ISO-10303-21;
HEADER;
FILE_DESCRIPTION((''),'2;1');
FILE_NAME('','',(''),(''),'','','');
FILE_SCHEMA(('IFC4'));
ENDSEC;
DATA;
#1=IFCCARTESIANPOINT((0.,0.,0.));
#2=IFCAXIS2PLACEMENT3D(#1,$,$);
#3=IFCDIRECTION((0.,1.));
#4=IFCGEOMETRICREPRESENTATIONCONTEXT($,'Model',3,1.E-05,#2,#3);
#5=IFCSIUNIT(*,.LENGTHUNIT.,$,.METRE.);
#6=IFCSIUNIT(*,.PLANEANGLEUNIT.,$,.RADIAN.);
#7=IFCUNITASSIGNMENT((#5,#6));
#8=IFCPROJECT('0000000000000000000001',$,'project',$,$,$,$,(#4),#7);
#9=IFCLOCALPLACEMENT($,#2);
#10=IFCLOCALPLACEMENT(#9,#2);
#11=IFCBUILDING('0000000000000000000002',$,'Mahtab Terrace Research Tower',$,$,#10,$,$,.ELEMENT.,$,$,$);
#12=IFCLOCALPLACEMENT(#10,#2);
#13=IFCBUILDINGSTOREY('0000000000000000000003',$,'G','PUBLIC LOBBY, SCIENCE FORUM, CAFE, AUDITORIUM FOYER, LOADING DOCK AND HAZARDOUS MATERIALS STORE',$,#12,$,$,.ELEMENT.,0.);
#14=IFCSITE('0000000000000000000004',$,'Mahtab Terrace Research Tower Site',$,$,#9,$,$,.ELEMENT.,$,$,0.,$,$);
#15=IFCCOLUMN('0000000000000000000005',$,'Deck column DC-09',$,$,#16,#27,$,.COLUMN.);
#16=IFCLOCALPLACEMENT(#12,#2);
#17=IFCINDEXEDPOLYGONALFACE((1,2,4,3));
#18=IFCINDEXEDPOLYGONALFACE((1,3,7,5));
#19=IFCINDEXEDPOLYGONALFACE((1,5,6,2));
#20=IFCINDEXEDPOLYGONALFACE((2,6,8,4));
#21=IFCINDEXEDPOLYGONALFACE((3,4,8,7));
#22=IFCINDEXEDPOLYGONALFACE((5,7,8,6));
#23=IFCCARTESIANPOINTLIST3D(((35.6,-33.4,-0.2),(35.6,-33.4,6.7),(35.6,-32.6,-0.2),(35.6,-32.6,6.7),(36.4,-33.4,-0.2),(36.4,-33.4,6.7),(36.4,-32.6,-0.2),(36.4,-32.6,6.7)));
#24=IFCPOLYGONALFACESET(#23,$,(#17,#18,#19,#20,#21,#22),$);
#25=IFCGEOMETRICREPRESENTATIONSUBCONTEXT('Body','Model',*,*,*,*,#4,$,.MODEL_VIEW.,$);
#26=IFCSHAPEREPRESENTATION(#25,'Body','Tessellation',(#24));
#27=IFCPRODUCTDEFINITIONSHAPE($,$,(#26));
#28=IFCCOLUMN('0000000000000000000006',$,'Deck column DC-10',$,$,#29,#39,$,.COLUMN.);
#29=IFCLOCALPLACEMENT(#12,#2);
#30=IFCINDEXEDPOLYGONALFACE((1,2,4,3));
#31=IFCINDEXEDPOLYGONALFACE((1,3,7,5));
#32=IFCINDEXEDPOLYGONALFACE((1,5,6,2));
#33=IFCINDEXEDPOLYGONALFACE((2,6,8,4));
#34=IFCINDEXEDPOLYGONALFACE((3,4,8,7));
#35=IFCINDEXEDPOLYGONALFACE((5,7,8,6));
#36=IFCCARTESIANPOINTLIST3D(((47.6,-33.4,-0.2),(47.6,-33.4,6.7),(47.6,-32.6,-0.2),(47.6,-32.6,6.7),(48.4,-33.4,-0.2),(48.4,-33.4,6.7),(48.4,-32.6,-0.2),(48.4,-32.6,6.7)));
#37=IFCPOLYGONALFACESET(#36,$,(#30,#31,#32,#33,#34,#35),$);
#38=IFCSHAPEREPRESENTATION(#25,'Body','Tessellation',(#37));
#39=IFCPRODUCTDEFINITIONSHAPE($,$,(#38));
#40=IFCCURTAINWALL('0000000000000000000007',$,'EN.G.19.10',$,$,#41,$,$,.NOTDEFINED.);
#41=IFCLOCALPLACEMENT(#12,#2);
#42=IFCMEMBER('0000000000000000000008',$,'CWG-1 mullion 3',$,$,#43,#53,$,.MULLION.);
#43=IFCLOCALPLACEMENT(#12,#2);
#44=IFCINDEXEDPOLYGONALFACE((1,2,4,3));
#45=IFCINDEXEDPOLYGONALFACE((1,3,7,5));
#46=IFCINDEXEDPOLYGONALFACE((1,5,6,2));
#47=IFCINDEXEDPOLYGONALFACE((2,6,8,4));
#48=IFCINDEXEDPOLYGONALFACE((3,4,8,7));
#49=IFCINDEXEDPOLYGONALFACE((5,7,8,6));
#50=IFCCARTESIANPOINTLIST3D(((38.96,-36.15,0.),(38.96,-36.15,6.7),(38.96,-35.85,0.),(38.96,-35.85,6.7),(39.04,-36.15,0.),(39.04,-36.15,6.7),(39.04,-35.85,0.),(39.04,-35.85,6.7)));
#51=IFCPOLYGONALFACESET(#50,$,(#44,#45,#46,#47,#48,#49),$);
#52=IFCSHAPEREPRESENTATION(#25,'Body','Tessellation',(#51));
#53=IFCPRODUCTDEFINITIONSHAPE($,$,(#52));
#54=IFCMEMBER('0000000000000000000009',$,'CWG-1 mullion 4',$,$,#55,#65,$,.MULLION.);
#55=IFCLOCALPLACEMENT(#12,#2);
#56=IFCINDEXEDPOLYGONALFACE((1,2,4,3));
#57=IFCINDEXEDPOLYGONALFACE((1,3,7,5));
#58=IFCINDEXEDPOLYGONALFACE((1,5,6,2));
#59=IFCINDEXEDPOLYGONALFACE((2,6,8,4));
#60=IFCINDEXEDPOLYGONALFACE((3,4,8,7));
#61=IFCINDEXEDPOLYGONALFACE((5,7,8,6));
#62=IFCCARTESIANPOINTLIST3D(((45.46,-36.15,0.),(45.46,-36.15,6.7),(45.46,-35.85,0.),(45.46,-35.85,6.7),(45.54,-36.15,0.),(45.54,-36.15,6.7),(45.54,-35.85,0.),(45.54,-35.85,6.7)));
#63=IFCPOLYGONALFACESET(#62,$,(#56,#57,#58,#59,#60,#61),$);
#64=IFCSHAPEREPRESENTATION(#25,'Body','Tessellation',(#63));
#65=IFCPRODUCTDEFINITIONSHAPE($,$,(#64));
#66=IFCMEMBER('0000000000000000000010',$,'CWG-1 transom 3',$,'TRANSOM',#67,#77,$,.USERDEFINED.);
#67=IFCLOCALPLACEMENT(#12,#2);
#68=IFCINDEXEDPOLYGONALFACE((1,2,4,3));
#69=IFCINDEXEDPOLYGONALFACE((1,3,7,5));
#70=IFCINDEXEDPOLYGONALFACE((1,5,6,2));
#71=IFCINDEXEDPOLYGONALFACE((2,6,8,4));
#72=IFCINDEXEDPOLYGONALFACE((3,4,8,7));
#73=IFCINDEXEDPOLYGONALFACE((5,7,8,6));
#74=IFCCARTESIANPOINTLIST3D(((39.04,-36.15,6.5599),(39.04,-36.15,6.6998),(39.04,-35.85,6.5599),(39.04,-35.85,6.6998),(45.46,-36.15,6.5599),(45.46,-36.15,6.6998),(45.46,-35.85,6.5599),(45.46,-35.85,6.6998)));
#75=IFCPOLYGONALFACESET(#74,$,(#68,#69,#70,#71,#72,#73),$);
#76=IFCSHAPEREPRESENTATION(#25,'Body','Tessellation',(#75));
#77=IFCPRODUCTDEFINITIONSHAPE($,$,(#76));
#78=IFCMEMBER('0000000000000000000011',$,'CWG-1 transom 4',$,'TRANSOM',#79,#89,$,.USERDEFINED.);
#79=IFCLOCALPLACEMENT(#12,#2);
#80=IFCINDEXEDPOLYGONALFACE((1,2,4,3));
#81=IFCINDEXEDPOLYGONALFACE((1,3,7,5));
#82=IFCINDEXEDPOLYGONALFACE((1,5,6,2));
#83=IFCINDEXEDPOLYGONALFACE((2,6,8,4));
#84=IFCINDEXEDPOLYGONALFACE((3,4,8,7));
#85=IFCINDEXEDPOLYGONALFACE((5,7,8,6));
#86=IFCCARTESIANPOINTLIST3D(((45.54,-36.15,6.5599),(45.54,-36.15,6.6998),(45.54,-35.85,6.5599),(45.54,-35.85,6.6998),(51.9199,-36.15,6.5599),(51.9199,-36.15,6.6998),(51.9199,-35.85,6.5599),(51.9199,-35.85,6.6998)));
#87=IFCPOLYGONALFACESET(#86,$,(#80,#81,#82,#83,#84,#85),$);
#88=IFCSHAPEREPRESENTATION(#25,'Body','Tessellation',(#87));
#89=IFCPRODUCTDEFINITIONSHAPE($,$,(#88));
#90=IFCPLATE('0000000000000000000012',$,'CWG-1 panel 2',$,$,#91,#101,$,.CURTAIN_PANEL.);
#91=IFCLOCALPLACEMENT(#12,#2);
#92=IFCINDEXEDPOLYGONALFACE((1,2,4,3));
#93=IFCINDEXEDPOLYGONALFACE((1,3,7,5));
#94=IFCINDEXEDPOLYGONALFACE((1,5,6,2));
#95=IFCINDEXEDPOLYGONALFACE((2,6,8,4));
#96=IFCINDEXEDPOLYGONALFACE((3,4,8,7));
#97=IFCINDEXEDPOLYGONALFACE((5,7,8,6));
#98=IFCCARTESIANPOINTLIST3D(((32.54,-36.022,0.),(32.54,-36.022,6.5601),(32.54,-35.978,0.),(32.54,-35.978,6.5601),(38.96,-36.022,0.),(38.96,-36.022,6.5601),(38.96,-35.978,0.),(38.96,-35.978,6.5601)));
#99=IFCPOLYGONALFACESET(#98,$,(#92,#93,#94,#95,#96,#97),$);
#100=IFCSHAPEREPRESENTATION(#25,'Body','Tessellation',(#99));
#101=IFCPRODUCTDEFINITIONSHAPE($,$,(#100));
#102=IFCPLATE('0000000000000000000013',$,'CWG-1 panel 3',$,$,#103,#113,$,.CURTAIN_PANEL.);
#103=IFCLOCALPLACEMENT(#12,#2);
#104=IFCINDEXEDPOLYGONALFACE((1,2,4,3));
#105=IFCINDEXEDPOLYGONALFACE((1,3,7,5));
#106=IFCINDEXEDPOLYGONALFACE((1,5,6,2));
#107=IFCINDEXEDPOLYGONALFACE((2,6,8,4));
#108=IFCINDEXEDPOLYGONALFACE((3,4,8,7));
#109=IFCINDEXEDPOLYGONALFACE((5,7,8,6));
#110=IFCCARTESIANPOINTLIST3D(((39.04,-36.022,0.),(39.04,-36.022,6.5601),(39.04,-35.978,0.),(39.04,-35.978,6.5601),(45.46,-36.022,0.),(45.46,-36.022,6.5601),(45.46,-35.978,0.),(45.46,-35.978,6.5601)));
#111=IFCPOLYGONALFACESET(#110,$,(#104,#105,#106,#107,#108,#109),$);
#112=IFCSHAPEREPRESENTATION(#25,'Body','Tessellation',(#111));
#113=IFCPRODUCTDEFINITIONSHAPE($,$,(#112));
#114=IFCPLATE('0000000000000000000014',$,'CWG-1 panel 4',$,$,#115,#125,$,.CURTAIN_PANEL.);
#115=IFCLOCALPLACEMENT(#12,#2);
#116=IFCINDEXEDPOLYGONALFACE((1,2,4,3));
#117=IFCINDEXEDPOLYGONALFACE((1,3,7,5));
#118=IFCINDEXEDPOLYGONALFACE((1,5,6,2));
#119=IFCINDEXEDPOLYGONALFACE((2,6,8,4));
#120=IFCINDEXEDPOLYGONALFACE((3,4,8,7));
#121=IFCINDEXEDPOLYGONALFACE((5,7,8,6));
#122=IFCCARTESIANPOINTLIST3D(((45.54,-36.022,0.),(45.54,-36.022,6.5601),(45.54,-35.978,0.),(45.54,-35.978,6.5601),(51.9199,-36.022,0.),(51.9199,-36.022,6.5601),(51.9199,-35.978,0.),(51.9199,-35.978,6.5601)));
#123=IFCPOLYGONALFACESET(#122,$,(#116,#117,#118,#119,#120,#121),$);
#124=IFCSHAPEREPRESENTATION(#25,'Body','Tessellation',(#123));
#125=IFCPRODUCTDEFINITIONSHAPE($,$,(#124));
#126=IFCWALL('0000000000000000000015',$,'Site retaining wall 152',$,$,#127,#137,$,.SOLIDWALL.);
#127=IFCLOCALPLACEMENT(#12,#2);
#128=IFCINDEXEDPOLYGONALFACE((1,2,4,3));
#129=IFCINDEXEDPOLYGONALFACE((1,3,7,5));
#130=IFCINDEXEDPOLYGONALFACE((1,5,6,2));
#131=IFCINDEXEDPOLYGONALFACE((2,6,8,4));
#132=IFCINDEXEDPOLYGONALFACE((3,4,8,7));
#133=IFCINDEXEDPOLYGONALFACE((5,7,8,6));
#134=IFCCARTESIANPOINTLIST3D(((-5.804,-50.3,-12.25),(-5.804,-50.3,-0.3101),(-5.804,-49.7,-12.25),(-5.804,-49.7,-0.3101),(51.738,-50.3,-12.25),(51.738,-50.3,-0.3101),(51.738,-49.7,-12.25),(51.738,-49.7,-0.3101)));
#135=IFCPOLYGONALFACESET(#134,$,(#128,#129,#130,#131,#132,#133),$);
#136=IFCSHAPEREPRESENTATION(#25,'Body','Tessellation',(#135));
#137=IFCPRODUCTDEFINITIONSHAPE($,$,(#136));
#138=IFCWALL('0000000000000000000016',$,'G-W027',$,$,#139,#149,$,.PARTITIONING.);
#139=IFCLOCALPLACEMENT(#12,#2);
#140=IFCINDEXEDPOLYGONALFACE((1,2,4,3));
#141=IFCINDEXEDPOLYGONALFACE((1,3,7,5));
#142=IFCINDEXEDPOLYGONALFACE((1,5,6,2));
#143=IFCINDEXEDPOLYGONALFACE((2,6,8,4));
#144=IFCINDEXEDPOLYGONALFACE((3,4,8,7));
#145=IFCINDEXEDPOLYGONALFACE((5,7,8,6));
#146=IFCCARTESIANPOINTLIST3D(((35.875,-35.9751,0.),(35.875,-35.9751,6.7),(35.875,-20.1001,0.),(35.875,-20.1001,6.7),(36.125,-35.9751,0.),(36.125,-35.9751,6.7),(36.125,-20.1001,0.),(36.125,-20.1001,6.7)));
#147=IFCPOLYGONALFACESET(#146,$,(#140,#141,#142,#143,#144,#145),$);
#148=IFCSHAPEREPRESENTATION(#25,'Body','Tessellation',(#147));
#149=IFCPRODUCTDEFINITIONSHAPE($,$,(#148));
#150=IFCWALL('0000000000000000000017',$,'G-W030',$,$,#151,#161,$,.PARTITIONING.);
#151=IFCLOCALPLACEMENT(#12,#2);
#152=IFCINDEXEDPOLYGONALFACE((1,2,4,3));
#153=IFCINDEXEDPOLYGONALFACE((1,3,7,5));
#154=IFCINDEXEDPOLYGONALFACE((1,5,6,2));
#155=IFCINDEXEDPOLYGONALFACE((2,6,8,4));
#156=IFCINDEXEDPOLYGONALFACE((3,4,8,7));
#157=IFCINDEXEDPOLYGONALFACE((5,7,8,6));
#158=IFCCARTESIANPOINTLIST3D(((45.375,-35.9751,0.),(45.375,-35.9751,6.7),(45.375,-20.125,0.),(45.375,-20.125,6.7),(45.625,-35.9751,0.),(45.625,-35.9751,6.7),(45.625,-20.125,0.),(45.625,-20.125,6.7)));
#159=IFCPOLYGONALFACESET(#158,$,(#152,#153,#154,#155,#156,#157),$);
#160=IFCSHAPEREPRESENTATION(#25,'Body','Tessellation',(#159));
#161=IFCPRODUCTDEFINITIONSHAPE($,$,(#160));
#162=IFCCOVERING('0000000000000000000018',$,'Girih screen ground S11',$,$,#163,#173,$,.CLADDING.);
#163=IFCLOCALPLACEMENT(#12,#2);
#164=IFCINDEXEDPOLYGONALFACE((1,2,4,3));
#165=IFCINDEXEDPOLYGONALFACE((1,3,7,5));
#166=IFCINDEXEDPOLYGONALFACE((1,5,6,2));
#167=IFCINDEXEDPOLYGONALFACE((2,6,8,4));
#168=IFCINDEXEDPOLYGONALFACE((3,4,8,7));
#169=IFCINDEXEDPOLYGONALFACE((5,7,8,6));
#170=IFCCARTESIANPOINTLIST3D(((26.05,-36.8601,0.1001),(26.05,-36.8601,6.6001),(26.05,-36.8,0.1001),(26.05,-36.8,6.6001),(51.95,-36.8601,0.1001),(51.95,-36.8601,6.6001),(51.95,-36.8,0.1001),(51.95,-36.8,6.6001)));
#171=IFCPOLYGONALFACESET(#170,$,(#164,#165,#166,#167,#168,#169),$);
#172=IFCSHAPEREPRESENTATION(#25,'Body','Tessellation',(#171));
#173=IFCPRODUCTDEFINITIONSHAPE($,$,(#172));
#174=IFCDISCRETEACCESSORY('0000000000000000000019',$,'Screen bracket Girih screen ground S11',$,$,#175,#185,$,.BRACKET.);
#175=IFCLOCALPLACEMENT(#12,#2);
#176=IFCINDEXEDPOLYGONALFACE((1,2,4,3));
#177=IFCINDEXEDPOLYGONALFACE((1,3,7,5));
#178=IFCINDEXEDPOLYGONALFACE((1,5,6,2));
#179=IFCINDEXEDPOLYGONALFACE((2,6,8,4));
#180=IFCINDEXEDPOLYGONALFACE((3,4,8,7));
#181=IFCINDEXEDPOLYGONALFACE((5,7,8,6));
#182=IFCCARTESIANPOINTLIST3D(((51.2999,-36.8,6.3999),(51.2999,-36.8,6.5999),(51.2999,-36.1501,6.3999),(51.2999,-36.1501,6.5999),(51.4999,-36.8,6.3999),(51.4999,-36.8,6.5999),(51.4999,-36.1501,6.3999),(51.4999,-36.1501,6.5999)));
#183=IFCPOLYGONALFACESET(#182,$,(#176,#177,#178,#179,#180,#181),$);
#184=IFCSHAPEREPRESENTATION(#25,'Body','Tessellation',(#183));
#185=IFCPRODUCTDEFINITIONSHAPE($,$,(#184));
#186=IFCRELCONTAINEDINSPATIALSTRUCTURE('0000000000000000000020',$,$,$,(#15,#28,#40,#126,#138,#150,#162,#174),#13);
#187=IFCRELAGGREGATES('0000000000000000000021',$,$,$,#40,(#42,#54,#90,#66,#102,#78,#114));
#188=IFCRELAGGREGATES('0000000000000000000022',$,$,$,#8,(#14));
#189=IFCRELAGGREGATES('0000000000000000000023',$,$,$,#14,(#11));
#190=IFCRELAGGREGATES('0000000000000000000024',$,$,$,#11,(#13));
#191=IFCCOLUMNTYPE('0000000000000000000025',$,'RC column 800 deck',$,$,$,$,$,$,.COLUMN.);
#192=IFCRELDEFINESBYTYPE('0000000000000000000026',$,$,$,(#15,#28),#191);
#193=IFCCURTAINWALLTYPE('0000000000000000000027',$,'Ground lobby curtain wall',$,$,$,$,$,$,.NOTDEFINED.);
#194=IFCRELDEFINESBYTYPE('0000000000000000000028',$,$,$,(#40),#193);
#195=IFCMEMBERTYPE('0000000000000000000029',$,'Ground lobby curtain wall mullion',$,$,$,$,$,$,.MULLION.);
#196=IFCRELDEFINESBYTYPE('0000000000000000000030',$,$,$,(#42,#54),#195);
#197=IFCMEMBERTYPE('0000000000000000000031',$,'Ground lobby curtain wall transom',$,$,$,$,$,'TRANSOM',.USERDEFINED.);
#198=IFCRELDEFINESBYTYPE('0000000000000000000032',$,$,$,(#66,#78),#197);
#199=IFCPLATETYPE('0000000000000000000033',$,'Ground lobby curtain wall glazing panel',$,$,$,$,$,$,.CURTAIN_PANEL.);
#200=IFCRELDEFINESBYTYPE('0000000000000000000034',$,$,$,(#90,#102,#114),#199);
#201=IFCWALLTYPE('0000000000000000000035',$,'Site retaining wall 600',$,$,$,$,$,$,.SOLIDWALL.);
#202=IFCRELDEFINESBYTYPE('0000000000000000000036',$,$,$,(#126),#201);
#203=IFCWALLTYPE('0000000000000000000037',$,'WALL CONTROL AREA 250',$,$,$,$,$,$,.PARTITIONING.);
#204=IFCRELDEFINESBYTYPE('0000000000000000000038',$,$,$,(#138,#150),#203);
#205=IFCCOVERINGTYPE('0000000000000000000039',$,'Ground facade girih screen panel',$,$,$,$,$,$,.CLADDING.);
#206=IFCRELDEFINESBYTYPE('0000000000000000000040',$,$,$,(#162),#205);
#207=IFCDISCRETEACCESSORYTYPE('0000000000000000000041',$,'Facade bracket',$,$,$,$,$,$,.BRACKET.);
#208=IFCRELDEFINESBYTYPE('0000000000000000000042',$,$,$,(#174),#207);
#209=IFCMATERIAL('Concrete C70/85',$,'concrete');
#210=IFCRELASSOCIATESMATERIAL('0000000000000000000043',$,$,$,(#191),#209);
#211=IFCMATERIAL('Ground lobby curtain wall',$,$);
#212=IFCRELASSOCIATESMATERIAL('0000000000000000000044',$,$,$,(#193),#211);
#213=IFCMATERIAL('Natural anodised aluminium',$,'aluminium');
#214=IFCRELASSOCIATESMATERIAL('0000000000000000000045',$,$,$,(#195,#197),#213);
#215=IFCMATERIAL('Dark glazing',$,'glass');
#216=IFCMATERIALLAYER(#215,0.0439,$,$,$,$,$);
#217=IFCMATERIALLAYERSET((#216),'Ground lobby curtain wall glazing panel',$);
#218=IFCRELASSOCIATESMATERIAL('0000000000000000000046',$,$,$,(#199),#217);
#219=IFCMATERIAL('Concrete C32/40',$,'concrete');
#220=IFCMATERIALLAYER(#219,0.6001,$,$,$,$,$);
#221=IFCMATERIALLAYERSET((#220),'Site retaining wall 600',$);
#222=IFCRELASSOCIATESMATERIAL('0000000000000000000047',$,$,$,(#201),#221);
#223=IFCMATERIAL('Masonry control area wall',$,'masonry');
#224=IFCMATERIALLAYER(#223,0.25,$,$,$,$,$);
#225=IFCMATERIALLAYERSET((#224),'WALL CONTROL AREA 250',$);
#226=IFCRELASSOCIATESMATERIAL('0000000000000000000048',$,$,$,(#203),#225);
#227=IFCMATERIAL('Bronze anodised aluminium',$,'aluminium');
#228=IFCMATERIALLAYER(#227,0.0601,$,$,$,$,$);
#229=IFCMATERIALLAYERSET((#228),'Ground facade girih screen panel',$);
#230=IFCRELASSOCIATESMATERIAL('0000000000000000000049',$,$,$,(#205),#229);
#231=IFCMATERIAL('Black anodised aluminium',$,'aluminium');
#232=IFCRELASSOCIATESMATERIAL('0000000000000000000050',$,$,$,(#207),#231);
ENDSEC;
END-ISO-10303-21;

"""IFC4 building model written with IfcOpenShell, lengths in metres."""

from ifc_helpers import new_model, si_unit, direction, frame, frame_2d, origin, origin_2d, place, context, subcontext, project, spatial, rectangle, extrude, material, layer, layer_set, material_profile, profile_set, type_object, element, aggregate, save


model = new_model("IFC4")

# Units and contexts
model_context = context("Model", 3, precision=1e-05, world=origin(), true_north=direction((0.0, 1.0)))
body_context = subcontext(model_context, "Body", "Model", "MODEL_VIEW")
ifc_project = project(units=[si_unit("LENGTHUNIT", "METRE"), si_unit("PLANEANGLEUNIT", "RADIAN")], contexts=[model_context])

# Site, building, storey
site_placement = place(None, origin())
site = spatial("IfcSite", under=ifc_project, at=site_placement, Name="Mahtab Terrace Research Tower Site", CompositionType="ELEMENT", RefElevation=0.0)
building_placement = place(site_placement, origin())
building = spatial("IfcBuilding", under=site, at=building_placement, Name="Mahtab Terrace Research Tower", CompositionType="ELEMENT")
storey_placement = place(building_placement, origin())
storey = spatial("IfcBuildingStorey", under=building, at=storey_placement, Name="G", Description="PUBLIC LOBBY, SCIENCE FORUM, CAFE, AUDITORIUM FOYER, LOADING DOCK AND HAZARDOUS MATERIALS STORE", CompositionType="ELEMENT", Elevation=0.0)

# Columns
ifc_material_1 = material(Name="Concrete C70/85", Category="concrete")
ifc_material_profile_1 = material_profile(ifc_material_1, rectangle(XDim=0.8, YDim=0.8, at=origin_2d()), Name="RC column 800 deck")
ifc_profile_set_1 = profile_set([ifc_material_profile_1], Name="Concrete C70/85")
column_type = type_object("IfcColumnType", Name="RC column 800 deck", PredefinedType="COLUMN", material=ifc_profile_set_1)
for number, where, z_axis, x_axis, name in (
    (1, (36.0, -33.0, -0.2), (0.0, 0.0, 1.0), (1.0, 0.0, 0.0), "Deck column DC-09"),
    (2, (48.0, -33.0, -0.2), (0.0, 0.0, 1.0), (1.0, 0.0, 0.0), "Deck column DC-10"),
):
    element("IfcColumn", number, at=place(storey_placement, frame(where, z_axis=z_axis, x_axis=x_axis)), inside=storey, type_object=column_type, Name=name, PredefinedType="COLUMN", context=body_context, shape_type="SweptSolid", body=[
        extrude(rectangle(XDim=0.8, YDim=0.8, at=origin_2d()), origin(), (0.0, 0.0, 1.0), 6.8999),
    ])

# Curtain wall, members, plates
ifc_material_2 = material(Name="Ground lobby curtain wall")
curtain_wall_type = type_object("IfcCurtainWallType", Name="Ground lobby curtain wall", PredefinedType="NOTDEFINED", material=ifc_material_2)
curtain_wall_placement = place(storey_placement, origin())
curtain_wall = element("IfcCurtainWall", 3, at=curtain_wall_placement, inside=storey, type_object=curtain_wall_type, Name="EN.G.19.10", PredefinedType="NOTDEFINED")
ifc_material_3 = material(Name="Natural anodised aluminium", Category="aluminium")
ifc_material_profile_2 = material_profile(ifc_material_3, rectangle(XDim=0.3, YDim=0.0801, at=origin_2d()), Name="MULLION 80x300")
ifc_profile_set_2 = profile_set([ifc_material_profile_2], Name="Natural anodised aluminium")
member_type_1 = type_object("IfcMemberType", Name="Ground lobby curtain wall mullion", PredefinedType="MULLION", material=ifc_profile_set_2)
member_1_placement = place(storey_placement, frame((39.0, -36.0, 0.0), z_axis=(0.0, 0.0, 1.0), x_axis=(0.0, 1.0, 0.0)))
member_1 = element("IfcMember", 4, at=member_1_placement, type_object=member_type_1, Name="CWG-1 mullion 3", PredefinedType="MULLION", context=body_context, shape_type="SweptSolid", body=[
    extrude(rectangle(XDim=0.3, YDim=0.0801, at=origin_2d()), origin(), (0.0, 0.0, 1.0), 6.7),
])
member_2_placement = place(storey_placement, frame((45.5, -36.0, 0.0), z_axis=(0.0, 0.0, 1.0), x_axis=(0.0, 1.0, 0.0)))
member_2 = element("IfcMember", 5, at=member_2_placement, type_object=member_type_1, Name="CWG-1 mullion 4", PredefinedType="MULLION", context=body_context, shape_type="SweptSolid", body=[
    extrude(rectangle(XDim=0.3, YDim=0.0801, at=origin_2d()), origin(), (0.0, 0.0, 1.0), 6.7),
])
ifc_material_profile_3 = material_profile(ifc_material_3, rectangle(XDim=0.3, YDim=0.1399, at=origin_2d()), Name="TRANSOM 140x300")
ifc_profile_set_3 = profile_set([ifc_material_profile_3], Name="Natural anodised aluminium")
member_type_2 = type_object("IfcMemberType", Name="Ground lobby curtain wall transom", ElementType="TRANSOM", PredefinedType="USERDEFINED", material=ifc_profile_set_3)
member_3_placement = place(storey_placement, frame((39.04, -36.0, 6.6299), z_axis=(1.0, 0.0, 0.0), x_axis=(0.0, 1.0, 0.0)))
member_3 = element("IfcMember", 6, at=member_3_placement, type_object=member_type_2, Name="CWG-1 transom 3", ObjectType="TRANSOM", PredefinedType="USERDEFINED", context=body_context, shape_type="SweptSolid", body=[
    extrude(rectangle(XDim=0.3, YDim=0.1399, at=origin_2d()), origin(), (0.0, 0.0, 1.0), 6.4199),
])
member_4_placement = place(storey_placement, frame((45.54, -36.0, 6.6299), z_axis=(1.0, 0.0, 0.0), x_axis=(0.0, 1.0, 0.0)))
member_4 = element("IfcMember", 7, at=member_4_placement, type_object=member_type_2, Name="CWG-1 transom 4", ObjectType="TRANSOM", PredefinedType="USERDEFINED", context=body_context, shape_type="SweptSolid", body=[
    extrude(rectangle(XDim=0.3, YDim=0.1399, at=origin_2d()), origin(), (0.0, 0.0, 1.0), 6.3799),
])
ifc_material_4 = material(Name="Dark glazing", Category="glass")
ifc_layer_1 = layer(ifc_material_4, 0.0439)
ifc_layer_set_1 = layer_set([ifc_layer_1], Name="Ground lobby curtain wall glazing panel")
plate_type = type_object("IfcPlateType", Name="Ground lobby curtain wall glazing panel", PredefinedType="CURTAIN_PANEL", material=ifc_layer_set_1)
plate_1_placement = place(storey_placement, frame((35.75, -36.0, 0.0), z_axis=(0.0, 0.0, 1.0), x_axis=(1.0, 0.0, 0.0)))
plate_1 = element("IfcPlate", 8, at=plate_1_placement, type_object=plate_type, Name="CWG-1 panel 2", PredefinedType="CURTAIN_PANEL", context=body_context, shape_type="SweptSolid", body=[
    extrude(rectangle(XDim=6.4199, YDim=0.0439, at=origin_2d()), origin(), (0.0, 0.0, 1.0), 6.5601),
])
plate_2_placement = place(storey_placement, frame((42.25, -36.0, 0.0), z_axis=(0.0, 0.0, 1.0), x_axis=(1.0, 0.0, 0.0)))
plate_2 = element("IfcPlate", 9, at=plate_2_placement, type_object=plate_type, Name="CWG-1 panel 3", PredefinedType="CURTAIN_PANEL", context=body_context, shape_type="SweptSolid", body=[
    extrude(rectangle(XDim=6.4199, YDim=0.0439, at=origin_2d()), origin(), (0.0, 0.0, 1.0), 6.5601),
])
plate_3_placement = place(storey_placement, frame((48.73, -36.0, 0.0), z_axis=(0.0, 0.0, 1.0), x_axis=(1.0, 0.0, 0.0)))
plate_3 = element("IfcPlate", 10, at=plate_3_placement, type_object=plate_type, Name="CWG-1 panel 4", PredefinedType="CURTAIN_PANEL", context=body_context, shape_type="SweptSolid", body=[
    extrude(rectangle(XDim=6.3799, YDim=0.0439, at=origin_2d()), origin(), (0.0, 0.0, 1.0), 6.5601),
])
aggregate(curtain_wall, [member_1, member_2, plate_1, member_3, plate_2, member_4, plate_3])

# Walls
ifc_material_5 = material(Name="Concrete C32/40", Category="concrete")
ifc_layer_2 = layer(ifc_material_5, 0.6001)
ifc_layer_set_2 = layer_set([ifc_layer_2], Name="Site retaining wall 600")
wall_type_1 = type_object("IfcWallType", Name="Site retaining wall 600", PredefinedType="SOLIDWALL", material=ifc_layer_set_2)
wall_1_placement = place(storey_placement, frame((51.738, -50.0, -12.25), z_axis=(0.0, 0.0, 1.0), x_axis=(-1.0, 0.0, 0.0)))
element("IfcWall", 11, at=wall_1_placement, inside=storey, type_object=wall_type_1, Name="Site retaining wall 152", PredefinedType="SOLIDWALL", context=body_context, shape_type="SweptSolid", body=[
    extrude(rectangle(XDim=57.542, YDim=0.6001, at=frame_2d((28.771, 0.0))), origin(), (0.0, 0.0, 1.0), 11.9399),
])
ifc_material_6 = material(Name="Masonry control area wall", Category="masonry")
ifc_layer_3 = layer(ifc_material_6, 0.25)
ifc_layer_set_3 = layer_set([ifc_layer_3], Name="WALL CONTROL AREA 250")
wall_type_2 = type_object("IfcWallType", Name="WALL CONTROL AREA 250", PredefinedType="PARTITIONING", material=ifc_layer_set_3)
wall_2_placement = place(storey_placement, frame((36.0, -35.9751, 0.0), z_axis=(0.0, 0.0, 1.0), x_axis=(0.0, 1.0, 0.0)))
element("IfcWall", 12, at=wall_2_placement, inside=storey, type_object=wall_type_2, Name="G-W027", PredefinedType="PARTITIONING", context=body_context, shape_type="SweptSolid", body=[
    extrude(rectangle(XDim=15.875, YDim=0.25, at=frame_2d((7.9375, 0.0))), origin(), (0.0, 0.0, 1.0), 6.7),
])
wall_3_placement = place(storey_placement, frame((45.5, -35.9751, 0.0), z_axis=(0.0, 0.0, 1.0), x_axis=(0.0, 1.0, 0.0)))
element("IfcWall", 13, at=wall_3_placement, inside=storey, type_object=wall_type_2, Name="G-W030", PredefinedType="PARTITIONING", context=body_context, shape_type="SweptSolid", body=[
    extrude(rectangle(XDim=15.8501, YDim=0.25, at=frame_2d((7.925, 0.0))), origin(), (0.0, 0.0, 1.0), 6.7),
])

# Covering
ifc_material_7 = material(Name="Bronze anodised aluminium", Category="aluminium")
ifc_layer_4 = layer(ifc_material_7, 0.0601)
ifc_layer_set_4 = layer_set([ifc_layer_4], Name="Ground facade girih screen panel")
covering_type = type_object("IfcCoveringType", Name="Ground facade girih screen panel", PredefinedType="CLADDING", material=ifc_layer_set_4)
covering_placement = place(storey_placement, frame((39.0, -36.8301, 0.1001), z_axis=(0.0, 0.0, 1.0), x_axis=(1.0, 0.0, 0.0)))
element("IfcCovering", 14, at=covering_placement, inside=storey, type_object=covering_type, Name="Girih screen ground S11", PredefinedType="CLADDING", context=body_context, shape_type="SweptSolid", body=[
    extrude(rectangle(XDim=25.8999, YDim=0.0601, at=origin_2d()), origin(), (0.0, 0.0, 1.0), 6.5),
])

# Discrete accessory
ifc_material_8 = material(Name="Black anodised aluminium", Category="aluminium")
discrete_accessory_type = type_object("IfcDiscreteAccessoryType", Name="Facade bracket", PredefinedType="BRACKET", material=ifc_material_8)
discrete_accessory_placement = place(storey_placement, frame((51.3999, -36.4751, 6.3999), z_axis=(0.0, 0.0, 1.0), x_axis=(1.0, 0.0, 0.0)))
element("IfcDiscreteAccessory", 15, at=discrete_accessory_placement, inside=storey, type_object=discrete_accessory_type, Name="Screen bracket Girih screen ground S11", PredefinedType="BRACKET", context=body_context, shape_type="SweptSolid", body=[
    extrude(rectangle(XDim=0.2, YDim=0.6499, at=origin_2d()), origin(), (0.0, 0.0, 1.0), 0.2),
])

save(model, "model.ifc")
